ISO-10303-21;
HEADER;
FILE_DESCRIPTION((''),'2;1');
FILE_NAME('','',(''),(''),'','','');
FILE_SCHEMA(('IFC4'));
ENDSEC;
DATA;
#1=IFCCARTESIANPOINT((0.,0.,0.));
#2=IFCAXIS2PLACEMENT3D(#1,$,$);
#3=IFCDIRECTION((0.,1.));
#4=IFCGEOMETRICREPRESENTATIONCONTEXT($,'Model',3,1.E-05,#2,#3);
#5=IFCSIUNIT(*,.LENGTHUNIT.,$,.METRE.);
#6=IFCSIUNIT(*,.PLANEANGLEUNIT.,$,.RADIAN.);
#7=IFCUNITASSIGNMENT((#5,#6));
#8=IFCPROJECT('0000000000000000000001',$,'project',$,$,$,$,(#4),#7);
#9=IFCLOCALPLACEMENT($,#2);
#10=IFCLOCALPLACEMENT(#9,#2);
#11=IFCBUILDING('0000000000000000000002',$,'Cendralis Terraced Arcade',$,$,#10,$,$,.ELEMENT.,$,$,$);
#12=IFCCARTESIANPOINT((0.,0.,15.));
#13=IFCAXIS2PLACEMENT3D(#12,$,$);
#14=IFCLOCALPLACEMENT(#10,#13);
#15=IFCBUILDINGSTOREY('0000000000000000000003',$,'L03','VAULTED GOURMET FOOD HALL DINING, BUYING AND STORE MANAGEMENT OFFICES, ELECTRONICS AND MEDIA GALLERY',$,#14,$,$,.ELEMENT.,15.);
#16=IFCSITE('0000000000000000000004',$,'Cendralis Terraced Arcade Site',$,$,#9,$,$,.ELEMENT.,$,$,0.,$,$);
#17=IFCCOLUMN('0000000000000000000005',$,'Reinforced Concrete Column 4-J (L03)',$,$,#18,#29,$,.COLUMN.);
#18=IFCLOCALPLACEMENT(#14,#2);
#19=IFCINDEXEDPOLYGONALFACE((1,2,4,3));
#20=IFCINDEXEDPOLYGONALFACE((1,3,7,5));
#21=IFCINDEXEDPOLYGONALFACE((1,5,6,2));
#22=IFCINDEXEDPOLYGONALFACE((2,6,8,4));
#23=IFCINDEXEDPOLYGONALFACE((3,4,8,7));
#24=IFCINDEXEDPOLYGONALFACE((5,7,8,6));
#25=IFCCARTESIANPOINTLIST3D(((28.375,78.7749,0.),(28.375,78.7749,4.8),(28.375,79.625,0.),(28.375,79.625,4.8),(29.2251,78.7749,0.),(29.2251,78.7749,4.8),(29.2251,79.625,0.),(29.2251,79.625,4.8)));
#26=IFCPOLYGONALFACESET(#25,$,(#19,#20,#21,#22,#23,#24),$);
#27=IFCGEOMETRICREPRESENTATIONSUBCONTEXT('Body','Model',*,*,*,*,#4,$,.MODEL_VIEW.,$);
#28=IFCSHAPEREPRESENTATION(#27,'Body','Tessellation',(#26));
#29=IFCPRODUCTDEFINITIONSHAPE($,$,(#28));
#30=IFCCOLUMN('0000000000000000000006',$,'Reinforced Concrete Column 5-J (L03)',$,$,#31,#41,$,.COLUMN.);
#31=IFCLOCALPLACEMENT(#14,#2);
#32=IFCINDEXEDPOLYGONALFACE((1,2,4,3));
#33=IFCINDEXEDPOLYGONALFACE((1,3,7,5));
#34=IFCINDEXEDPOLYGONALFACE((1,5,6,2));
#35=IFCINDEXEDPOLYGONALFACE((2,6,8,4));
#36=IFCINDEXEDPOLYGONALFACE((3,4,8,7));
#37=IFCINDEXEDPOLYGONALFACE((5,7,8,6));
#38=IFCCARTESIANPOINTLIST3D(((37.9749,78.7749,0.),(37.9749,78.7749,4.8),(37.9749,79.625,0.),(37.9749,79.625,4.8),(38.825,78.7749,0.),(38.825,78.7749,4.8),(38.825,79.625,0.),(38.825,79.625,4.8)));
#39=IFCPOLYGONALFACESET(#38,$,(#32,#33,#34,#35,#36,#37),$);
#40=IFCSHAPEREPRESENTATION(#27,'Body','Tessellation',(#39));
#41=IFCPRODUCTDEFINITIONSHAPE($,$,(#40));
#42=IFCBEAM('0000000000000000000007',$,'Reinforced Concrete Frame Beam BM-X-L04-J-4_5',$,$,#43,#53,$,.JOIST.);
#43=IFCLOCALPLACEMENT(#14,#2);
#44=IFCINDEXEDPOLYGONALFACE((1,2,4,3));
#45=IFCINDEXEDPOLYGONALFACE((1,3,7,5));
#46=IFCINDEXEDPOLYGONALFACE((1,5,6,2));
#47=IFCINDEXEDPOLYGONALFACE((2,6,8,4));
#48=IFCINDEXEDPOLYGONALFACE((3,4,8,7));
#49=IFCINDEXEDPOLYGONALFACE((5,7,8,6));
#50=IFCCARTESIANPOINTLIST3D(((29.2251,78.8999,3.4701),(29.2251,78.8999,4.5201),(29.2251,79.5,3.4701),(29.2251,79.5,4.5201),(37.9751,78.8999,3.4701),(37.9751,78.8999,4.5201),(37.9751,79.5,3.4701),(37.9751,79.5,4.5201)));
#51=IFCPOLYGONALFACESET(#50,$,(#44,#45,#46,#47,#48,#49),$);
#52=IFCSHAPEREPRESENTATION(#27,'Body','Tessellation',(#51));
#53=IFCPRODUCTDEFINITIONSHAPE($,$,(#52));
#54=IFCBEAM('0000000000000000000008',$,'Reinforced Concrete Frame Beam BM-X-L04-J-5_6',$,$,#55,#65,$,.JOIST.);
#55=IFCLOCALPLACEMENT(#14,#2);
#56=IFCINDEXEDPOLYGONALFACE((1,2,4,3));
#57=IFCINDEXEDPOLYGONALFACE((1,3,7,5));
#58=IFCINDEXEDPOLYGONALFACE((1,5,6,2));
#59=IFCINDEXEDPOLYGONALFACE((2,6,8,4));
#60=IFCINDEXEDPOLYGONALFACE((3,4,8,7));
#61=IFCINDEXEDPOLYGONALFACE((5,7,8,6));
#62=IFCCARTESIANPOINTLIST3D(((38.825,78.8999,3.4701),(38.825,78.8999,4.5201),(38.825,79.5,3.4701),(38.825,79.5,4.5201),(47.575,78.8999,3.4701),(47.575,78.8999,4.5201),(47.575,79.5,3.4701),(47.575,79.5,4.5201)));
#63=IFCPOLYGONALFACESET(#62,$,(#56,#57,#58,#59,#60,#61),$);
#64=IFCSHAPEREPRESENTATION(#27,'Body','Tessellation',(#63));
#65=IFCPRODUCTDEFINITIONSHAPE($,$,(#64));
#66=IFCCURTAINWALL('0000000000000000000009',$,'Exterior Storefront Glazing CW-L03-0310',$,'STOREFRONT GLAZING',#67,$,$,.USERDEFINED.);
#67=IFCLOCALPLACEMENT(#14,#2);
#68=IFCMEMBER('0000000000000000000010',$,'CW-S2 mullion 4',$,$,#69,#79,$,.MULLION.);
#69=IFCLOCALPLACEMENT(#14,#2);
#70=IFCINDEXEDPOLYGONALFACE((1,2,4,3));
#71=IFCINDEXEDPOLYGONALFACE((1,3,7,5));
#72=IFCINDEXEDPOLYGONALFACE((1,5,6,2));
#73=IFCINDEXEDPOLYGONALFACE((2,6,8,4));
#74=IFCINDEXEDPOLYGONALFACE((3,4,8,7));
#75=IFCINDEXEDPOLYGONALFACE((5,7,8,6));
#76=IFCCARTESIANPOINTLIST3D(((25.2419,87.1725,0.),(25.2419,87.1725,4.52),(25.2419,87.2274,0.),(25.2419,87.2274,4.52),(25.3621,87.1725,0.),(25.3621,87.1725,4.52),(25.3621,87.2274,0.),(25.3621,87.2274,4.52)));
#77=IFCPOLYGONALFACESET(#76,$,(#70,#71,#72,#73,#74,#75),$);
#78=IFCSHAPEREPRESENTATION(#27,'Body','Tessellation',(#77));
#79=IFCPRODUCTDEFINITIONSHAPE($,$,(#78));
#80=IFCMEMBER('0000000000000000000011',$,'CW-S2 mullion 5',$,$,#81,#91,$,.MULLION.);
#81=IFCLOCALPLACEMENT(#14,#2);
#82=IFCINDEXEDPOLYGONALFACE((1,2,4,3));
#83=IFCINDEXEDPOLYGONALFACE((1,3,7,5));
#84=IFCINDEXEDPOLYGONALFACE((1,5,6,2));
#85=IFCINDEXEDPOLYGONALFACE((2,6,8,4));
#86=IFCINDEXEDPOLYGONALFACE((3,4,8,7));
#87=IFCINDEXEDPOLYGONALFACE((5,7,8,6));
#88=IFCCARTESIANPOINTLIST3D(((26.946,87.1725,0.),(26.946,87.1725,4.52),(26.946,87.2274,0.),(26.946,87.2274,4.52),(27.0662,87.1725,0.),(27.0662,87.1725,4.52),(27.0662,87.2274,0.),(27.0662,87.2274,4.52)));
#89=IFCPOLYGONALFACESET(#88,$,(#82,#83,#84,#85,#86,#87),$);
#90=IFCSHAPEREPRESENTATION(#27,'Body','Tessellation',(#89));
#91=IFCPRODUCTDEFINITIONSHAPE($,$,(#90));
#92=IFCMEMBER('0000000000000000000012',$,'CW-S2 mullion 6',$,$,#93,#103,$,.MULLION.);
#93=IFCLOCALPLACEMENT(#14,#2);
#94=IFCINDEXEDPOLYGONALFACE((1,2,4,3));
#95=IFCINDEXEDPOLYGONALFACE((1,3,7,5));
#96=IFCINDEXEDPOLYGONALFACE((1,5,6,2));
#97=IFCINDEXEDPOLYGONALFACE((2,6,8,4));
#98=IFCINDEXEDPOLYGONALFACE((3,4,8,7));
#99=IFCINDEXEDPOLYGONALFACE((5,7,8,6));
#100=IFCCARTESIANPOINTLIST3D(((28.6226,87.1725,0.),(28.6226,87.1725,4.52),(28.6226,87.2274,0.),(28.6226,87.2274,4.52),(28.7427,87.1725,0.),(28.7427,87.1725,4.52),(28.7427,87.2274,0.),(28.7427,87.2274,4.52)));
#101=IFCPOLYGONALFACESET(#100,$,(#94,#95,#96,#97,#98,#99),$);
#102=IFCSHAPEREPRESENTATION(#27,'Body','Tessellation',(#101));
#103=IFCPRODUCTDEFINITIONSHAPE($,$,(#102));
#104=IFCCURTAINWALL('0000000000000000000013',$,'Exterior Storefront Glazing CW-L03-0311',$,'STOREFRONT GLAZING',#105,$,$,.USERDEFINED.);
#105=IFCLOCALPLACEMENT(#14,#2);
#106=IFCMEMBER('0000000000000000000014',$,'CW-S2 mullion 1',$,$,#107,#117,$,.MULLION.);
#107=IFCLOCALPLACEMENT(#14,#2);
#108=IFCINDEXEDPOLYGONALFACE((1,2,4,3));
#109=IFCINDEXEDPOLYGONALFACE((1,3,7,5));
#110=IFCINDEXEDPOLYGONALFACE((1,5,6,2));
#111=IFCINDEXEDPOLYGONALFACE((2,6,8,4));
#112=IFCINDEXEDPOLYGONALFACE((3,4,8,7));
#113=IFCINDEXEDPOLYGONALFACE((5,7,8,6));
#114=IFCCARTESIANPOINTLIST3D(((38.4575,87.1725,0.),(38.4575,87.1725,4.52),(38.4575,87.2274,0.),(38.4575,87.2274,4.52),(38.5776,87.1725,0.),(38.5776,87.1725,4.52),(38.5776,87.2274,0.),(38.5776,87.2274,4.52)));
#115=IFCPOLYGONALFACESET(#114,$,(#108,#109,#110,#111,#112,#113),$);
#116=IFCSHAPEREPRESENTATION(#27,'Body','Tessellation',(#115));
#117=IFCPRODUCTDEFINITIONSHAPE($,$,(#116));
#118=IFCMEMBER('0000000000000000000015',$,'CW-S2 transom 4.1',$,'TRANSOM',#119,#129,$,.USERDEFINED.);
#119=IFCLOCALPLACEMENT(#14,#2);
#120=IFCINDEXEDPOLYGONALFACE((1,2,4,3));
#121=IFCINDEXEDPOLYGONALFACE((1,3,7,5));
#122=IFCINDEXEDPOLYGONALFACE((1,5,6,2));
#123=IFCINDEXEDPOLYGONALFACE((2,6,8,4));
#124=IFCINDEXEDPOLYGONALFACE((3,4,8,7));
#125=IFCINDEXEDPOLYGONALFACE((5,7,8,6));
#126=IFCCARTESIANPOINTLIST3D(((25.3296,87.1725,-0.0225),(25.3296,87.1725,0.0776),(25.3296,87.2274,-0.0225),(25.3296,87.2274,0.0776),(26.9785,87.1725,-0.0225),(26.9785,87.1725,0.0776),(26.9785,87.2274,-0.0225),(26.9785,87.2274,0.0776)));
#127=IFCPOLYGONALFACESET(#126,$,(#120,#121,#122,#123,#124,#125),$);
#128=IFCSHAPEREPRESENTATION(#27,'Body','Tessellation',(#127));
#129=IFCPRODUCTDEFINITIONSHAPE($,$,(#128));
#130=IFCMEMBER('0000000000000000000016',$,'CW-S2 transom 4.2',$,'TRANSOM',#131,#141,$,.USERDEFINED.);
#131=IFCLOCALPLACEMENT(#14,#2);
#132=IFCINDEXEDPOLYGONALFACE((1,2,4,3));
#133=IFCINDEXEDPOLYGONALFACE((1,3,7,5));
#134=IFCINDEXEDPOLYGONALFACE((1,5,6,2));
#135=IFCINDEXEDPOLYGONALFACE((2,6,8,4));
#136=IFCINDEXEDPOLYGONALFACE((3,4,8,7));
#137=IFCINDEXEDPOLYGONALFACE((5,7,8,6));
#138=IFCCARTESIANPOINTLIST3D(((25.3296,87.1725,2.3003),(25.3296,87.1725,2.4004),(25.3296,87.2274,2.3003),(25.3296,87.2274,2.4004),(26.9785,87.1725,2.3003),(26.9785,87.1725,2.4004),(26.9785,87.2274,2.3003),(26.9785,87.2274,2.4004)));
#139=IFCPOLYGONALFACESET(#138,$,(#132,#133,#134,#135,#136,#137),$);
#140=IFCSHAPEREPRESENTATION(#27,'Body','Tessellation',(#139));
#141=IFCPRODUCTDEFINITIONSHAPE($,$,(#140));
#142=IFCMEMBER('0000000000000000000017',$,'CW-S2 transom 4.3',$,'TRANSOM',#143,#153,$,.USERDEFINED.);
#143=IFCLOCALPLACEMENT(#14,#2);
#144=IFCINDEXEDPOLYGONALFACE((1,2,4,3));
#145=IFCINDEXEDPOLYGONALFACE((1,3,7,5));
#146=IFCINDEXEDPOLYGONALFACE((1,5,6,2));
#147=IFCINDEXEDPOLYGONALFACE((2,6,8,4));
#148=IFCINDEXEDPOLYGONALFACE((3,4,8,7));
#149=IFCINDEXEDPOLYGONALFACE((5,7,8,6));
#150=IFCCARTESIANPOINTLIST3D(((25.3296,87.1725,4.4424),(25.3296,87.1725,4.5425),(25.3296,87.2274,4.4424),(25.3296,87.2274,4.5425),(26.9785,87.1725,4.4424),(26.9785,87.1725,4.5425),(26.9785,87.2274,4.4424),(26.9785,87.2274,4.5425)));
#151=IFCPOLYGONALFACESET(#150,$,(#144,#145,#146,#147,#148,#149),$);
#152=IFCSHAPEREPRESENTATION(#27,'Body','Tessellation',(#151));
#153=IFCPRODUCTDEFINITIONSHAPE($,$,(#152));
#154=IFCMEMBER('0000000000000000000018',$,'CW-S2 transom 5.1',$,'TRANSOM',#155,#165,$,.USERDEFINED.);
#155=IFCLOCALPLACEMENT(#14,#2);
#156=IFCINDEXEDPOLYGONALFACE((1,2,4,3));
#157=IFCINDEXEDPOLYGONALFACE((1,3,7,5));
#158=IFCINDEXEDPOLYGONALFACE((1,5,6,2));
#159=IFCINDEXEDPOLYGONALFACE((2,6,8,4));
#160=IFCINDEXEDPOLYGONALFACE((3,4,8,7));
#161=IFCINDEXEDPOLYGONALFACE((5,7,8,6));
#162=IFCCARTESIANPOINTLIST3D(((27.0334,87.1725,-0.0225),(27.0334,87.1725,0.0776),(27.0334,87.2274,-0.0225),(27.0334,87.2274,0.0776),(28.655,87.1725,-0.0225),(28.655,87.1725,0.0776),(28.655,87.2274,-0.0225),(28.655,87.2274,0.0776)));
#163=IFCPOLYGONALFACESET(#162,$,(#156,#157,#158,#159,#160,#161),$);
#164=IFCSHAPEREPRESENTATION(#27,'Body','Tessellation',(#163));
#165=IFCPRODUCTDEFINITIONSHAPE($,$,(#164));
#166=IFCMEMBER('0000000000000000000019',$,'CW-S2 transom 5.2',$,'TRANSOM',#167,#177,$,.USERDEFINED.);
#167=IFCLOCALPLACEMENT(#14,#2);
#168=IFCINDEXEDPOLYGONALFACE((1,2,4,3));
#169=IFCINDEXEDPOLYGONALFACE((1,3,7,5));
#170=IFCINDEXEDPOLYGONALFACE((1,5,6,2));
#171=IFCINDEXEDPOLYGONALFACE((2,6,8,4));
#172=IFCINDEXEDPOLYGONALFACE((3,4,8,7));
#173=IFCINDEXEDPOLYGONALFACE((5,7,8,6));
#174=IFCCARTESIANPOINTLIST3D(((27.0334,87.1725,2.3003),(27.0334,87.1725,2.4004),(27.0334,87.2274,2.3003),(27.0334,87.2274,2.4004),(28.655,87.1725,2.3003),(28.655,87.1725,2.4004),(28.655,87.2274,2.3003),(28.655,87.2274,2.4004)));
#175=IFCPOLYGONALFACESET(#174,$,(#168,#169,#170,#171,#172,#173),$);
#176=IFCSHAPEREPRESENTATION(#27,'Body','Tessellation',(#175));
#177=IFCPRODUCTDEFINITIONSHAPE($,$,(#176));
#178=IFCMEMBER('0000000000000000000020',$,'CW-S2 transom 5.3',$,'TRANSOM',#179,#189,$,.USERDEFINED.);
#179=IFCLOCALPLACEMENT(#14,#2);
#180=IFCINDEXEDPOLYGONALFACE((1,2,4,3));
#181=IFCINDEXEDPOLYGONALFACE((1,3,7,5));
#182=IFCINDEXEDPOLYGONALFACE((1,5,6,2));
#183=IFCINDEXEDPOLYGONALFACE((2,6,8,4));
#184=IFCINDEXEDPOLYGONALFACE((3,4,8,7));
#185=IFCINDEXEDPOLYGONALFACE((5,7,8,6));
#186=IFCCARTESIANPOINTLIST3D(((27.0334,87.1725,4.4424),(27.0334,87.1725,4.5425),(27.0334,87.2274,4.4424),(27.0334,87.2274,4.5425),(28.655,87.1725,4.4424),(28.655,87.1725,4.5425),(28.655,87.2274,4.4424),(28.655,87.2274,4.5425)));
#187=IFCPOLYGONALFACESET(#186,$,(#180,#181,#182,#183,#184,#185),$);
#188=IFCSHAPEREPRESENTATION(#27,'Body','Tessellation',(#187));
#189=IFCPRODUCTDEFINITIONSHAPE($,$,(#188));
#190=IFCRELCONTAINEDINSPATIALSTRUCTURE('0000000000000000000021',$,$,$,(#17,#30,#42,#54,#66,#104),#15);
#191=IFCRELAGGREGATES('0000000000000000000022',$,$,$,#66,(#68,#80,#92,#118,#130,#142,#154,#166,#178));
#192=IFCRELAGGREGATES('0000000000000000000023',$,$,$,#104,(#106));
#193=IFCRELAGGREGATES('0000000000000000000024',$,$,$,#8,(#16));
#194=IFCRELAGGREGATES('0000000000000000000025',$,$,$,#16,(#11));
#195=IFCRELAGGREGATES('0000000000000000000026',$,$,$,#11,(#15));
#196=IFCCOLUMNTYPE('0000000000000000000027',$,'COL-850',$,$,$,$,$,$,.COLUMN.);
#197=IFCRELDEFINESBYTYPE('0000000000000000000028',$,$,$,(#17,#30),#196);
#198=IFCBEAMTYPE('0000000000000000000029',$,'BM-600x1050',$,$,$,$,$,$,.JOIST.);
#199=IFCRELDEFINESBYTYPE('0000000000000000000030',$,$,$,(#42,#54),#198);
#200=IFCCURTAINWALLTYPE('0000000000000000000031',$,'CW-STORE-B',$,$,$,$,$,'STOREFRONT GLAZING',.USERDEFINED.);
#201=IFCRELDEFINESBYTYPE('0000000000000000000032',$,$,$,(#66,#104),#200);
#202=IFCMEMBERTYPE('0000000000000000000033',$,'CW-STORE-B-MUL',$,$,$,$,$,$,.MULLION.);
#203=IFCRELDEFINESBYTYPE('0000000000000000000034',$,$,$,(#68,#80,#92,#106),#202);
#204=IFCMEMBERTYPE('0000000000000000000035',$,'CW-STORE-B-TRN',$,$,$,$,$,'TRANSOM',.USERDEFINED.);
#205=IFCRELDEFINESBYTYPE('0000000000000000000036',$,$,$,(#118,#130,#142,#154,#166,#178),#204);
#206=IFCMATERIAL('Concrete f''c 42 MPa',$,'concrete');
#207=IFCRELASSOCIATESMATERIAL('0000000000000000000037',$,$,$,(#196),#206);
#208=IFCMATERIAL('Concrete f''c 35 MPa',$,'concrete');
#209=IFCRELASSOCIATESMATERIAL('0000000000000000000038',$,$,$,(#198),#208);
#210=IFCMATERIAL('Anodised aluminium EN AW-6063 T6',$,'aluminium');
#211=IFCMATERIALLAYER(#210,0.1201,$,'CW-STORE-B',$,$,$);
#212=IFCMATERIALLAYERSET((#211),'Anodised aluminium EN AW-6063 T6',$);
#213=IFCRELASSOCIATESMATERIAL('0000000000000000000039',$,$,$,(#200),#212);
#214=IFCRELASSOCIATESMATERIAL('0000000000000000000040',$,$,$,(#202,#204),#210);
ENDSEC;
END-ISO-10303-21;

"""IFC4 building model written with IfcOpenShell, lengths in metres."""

from ifc_helpers import new_model, si_unit, direction, frame, origin, origin_2d, place, context, subcontext, project, spatial, rectangle, extrude, material, layer, layer_set, material_profile, profile_set, type_object, element, aggregate, save


model = new_model("IFC4")

# Units and contexts
model_context = context("Model", 3, precision=1e-05, world=origin(), true_north=direction((0.0, 1.0)))
body_context = subcontext(model_context, "Body", "Model", "MODEL_VIEW")
ifc_project = project(units=[si_unit("LENGTHUNIT", "METRE"), si_unit("PLANEANGLEUNIT", "RADIAN")], contexts=[model_context])

# Site, building, storey
site_placement = place(None, origin())
site = spatial("IfcSite", under=ifc_project, at=site_placement, Name="Cendralis Terraced Arcade Site", CompositionType="ELEMENT", RefElevation=0.0)
building_placement = place(site_placement, origin())
building = spatial("IfcBuilding", under=site, at=building_placement, Name="Cendralis Terraced Arcade", CompositionType="ELEMENT")
storey_placement = place(building_placement, frame((0.0, 0.0, 15.0)))
storey = spatial("IfcBuildingStorey", under=building, at=storey_placement, Name="L03", Description="VAULTED GOURMET FOOD HALL DINING, BUYING AND STORE MANAGEMENT OFFICES, ELECTRONICS AND MEDIA GALLERY", CompositionType="ELEMENT", Elevation=15.0)

# Columns
ifc_material_1 = material(Name="Concrete f'c 42 MPa", Category="concrete")
ifc_material_profile_1 = material_profile(ifc_material_1, rectangle(XDim=0.8501, YDim=0.8501, at=origin_2d()), Name="RC-COL-850x850", Category="LoadBearing")
ifc_profile_set_1 = profile_set([ifc_material_profile_1], Name="Concrete f'c 42 MPa")
column_type = type_object("IfcColumnType", Name="COL-850", PredefinedType="COLUMN", material=ifc_profile_set_1)
for number, where, z_axis, x_axis, name in (
    (1, (28.8, 79.2, 0.0), (0.0, 0.0, 1.0), (1.0, 0.0, 0.0), "Reinforced Concrete Column 4-J (L03)"),
    (2, (38.3999, 79.2, 0.0), (0.0, 0.0, 1.0), (1.0, 0.0, 0.0), "Reinforced Concrete Column 5-J (L03)"),
):
    element("IfcColumn", number, at=place(storey_placement, frame(where, z_axis=z_axis, x_axis=x_axis)), inside=storey, type_object=column_type, Name=name, PredefinedType="COLUMN", context=body_context, shape_type="SweptSolid", body=[
        extrude(rectangle(XDim=0.8501, YDim=0.8501, at=origin_2d()), origin(), (0.0, 0.0, 1.0), 4.8),
    ])

# Beams
ifc_material_2 = material(Name="Concrete f'c 35 MPa", Category="concrete")
ifc_material_profile_2 = material_profile(ifc_material_2, rectangle(XDim=0.6001, YDim=1.05, at=origin_2d()), Name="RC-BM-600x1050", Category="LoadBearing")
ifc_profile_set_2 = profile_set([ifc_material_profile_2], Name="Concrete f'c 35 MPa")
beam_type = type_object("IfcBeamType", Name="BM-600x1050", PredefinedType="JOIST", material=ifc_profile_set_2)
for number, where, z_axis, x_axis, name in (
    (3, (29.2251, 79.2, 3.9951), (1.0, 0.0, 0.0), (0.0, 1.0, 0.0), "Reinforced Concrete Frame Beam BM-X-L04-J-4_5"),
    (4, (38.825, 79.2, 3.9951), (1.0, 0.0, 0.0), (0.0, 1.0, 0.0), "Reinforced Concrete Frame Beam BM-X-L04-J-5_6"),
):
    element("IfcBeam", number, at=place(storey_placement, frame(where, z_axis=z_axis, x_axis=x_axis)), inside=storey, type_object=beam_type, Name=name, PredefinedType="JOIST", context=body_context, shape_type="SweptSolid", body=[
        extrude(rectangle(XDim=0.6001, YDim=1.05, at=origin_2d()), origin(), (0.0, 0.0, 1.0), 8.75),
    ])

# Curtain wall, members
ifc_material_3 = material(Name="Anodised aluminium EN AW-6063 T6", Category="aluminium")
ifc_layer_1 = layer(ifc_material_3, 0.1201, Name="CW-STORE-B")
ifc_layer_set_1 = layer_set([ifc_layer_1], Name="Anodised aluminium EN AW-6063 T6")
curtain_wall_type = type_object("IfcCurtainWallType", Name="CW-STORE-B", ElementType="STOREFRONT GLAZING", PredefinedType="USERDEFINED", material=ifc_layer_set_1)
curtain_wall_1_placement = place(storey_placement, origin())
curtain_wall_1 = element("IfcCurtainWall", 5, at=curtain_wall_1_placement, inside=storey, type_object=curtain_wall_type, Name="Exterior Storefront Glazing CW-L03-0310", ObjectType="STOREFRONT GLAZING", PredefinedType="USERDEFINED")
ifc_material_profile_3 = material_profile(ifc_material_3, rectangle(XDim=0.0549, YDim=0.1201, at=origin_2d()), Name="ALU-MUL-55x120")
ifc_profile_set_3 = profile_set([ifc_material_profile_3], Name="Anodised aluminium EN AW-6063 T6")
member_type_1 = type_object("IfcMemberType", Name="CW-STORE-B-MUL", PredefinedType="MULLION", material=ifc_profile_set_3)
member_1_placement = place(storey_placement, frame((25.302, 87.2, 0.0), z_axis=(0.0, 0.0, 1.0), x_axis=(0.0, 1.0, 0.0)))
member_1 = element("IfcMember", 6, at=member_1_placement, type_object=member_type_1, Name="CW-S2 mullion 4", PredefinedType="MULLION", context=body_context, shape_type="SweptSolid", body=[
    extrude(rectangle(XDim=0.0549, YDim=0.1201, at=origin_2d()), origin(), (0.0, 0.0, 1.0), 4.52),
])
member_2_placement = place(storey_placement, frame((27.0061, 87.2, 0.0), z_axis=(0.0, 0.0, 1.0), x_axis=(0.0, 1.0, 0.0)))
member_2 = element("IfcMember", 7, at=member_2_placement, type_object=member_type_1, Name="CW-S2 mullion 5", PredefinedType="MULLION", context=body_context, shape_type="SweptSolid", body=[
    extrude(rectangle(XDim=0.0549, YDim=0.1201, at=origin_2d()), origin(), (0.0, 0.0, 1.0), 4.52),
])
member_3_placement = place(storey_placement, frame((28.6826, 87.2, 0.0), z_axis=(0.0, 0.0, 1.0), x_axis=(0.0, 1.0, 0.0)))
member_3 = element("IfcMember", 8, at=member_3_placement, type_object=member_type_1, Name="CW-S2 mullion 6", PredefinedType="MULLION", context=body_context, shape_type="SweptSolid", body=[
    extrude(rectangle(XDim=0.0549, YDim=0.1201, at=origin_2d()), origin(), (0.0, 0.0, 1.0), 4.52),
])

# Curtain wall, member
curtain_wall_2_placement = place(storey_placement, origin())
curtain_wall_2 = element("IfcCurtainWall", 9, at=curtain_wall_2_placement, inside=storey, type_object=curtain_wall_type, Name="Exterior Storefront Glazing CW-L03-0311", ObjectType="STOREFRONT GLAZING", PredefinedType="USERDEFINED")
member_4_placement = place(storey_placement, frame((38.5176, 87.2, 0.0), z_axis=(0.0, 0.0, 1.0), x_axis=(0.0, 1.0, 0.0)))
member_4 = element("IfcMember", 10, at=member_4_placement, type_object=member_type_1, Name="CW-S2 mullion 1", PredefinedType="MULLION", context=body_context, shape_type="SweptSolid", body=[
    extrude(rectangle(XDim=0.0549, YDim=0.1201, at=origin_2d()), origin(), (0.0, 0.0, 1.0), 4.52),
])

# Members
ifc_material_profile_4 = material_profile(ifc_material_3, rectangle(XDim=0.0549, YDim=0.1001, at=origin_2d()), Name="ALU-TRN-55x100")
ifc_profile_set_4 = profile_set([ifc_material_profile_4], Name="Anodised aluminium EN AW-6063 T6")
member_type_2 = type_object("IfcMemberType", Name="CW-STORE-B-TRN", ElementType="TRANSOM", PredefinedType="USERDEFINED", material=ifc_profile_set_4)
member_5_placement = place(storey_placement, frame((25.3296, 87.2, 0.0276), z_axis=(1.0, 0.0, 0.0), x_axis=(0.0, 1.0, 0.0)))
member_5 = element("IfcMember", 11, at=member_5_placement, type_object=member_type_2, Name="CW-S2 transom 4.1", ObjectType="TRANSOM", PredefinedType="USERDEFINED", context=body_context, shape_type="SweptSolid", body=[
    extrude(rectangle(XDim=0.0549, YDim=0.1001, at=origin_2d()), origin(), (0.0, 0.0, 1.0), 1.6489),
])
member_6_placement = place(storey_placement, frame((25.3296, 87.2, 2.3503), z_axis=(1.0, 0.0, 0.0), x_axis=(0.0, 1.0, 0.0)))
member_6 = element("IfcMember", 12, at=member_6_placement, type_object=member_type_2, Name="CW-S2 transom 4.2", ObjectType="TRANSOM", PredefinedType="USERDEFINED", context=body_context, shape_type="SweptSolid", body=[
    extrude(rectangle(XDim=0.0549, YDim=0.1001, at=origin_2d()), origin(), (0.0, 0.0, 1.0), 1.6489),
])
member_7_placement = place(storey_placement, frame((25.3296, 87.2, 4.4924), z_axis=(1.0, 0.0, 0.0), x_axis=(0.0, 1.0, 0.0)))
member_7 = element("IfcMember", 13, at=member_7_placement, type_object=member_type_2, Name="CW-S2 transom 4.3", ObjectType="TRANSOM", PredefinedType="USERDEFINED", context=body_context, shape_type="SweptSolid", body=[
    extrude(rectangle(XDim=0.0549, YDim=0.1001, at=origin_2d()), origin(), (0.0, 0.0, 1.0), 1.6489),
])
member_8_placement = place(storey_placement, frame((27.0334, 87.2, 0.0276), z_axis=(1.0, 0.0, 0.0), x_axis=(0.0, 1.0, 0.0)))
member_8 = element("IfcMember", 14, at=member_8_placement, type_object=member_type_2, Name="CW-S2 transom 5.1", ObjectType="TRANSOM", PredefinedType="USERDEFINED", context=body_context, shape_type="SweptSolid", body=[
    extrude(rectangle(XDim=0.0549, YDim=0.1001, at=origin_2d()), origin(), (0.0, 0.0, 1.0), 1.6216),
])
member_9_placement = place(storey_placement, frame((27.0334, 87.2, 2.3503), z_axis=(1.0, 0.0, 0.0), x_axis=(0.0, 1.0, 0.0)))
member_9 = element("IfcMember", 15, at=member_9_placement, type_object=member_type_2, Name="CW-S2 transom 5.2", ObjectType="TRANSOM", PredefinedType="USERDEFINED", context=body_context, shape_type="SweptSolid", body=[
    extrude(rectangle(XDim=0.0549, YDim=0.1001, at=origin_2d()), origin(), (0.0, 0.0, 1.0), 1.6216),
])
member_10_placement = place(storey_placement, frame((27.0334, 87.2, 4.4924), z_axis=(1.0, 0.0, 0.0), x_axis=(0.0, 1.0, 0.0)))
member_10 = element("IfcMember", 16, at=member_10_placement, type_object=member_type_2, Name="CW-S2 transom 5.3", ObjectType="TRANSOM", PredefinedType="USERDEFINED", context=body_context, shape_type="SweptSolid", body=[
    extrude(rectangle(XDim=0.0549, YDim=0.1001, at=origin_2d()), origin(), (0.0, 0.0, 1.0), 1.6216),
])

aggregate(curtain_wall_1, [member_1, member_2, member_3, member_5, member_6, member_7, member_8, member_9, member_10])
aggregate(curtain_wall_2, [member_4])

save(model, "model.ifc")
